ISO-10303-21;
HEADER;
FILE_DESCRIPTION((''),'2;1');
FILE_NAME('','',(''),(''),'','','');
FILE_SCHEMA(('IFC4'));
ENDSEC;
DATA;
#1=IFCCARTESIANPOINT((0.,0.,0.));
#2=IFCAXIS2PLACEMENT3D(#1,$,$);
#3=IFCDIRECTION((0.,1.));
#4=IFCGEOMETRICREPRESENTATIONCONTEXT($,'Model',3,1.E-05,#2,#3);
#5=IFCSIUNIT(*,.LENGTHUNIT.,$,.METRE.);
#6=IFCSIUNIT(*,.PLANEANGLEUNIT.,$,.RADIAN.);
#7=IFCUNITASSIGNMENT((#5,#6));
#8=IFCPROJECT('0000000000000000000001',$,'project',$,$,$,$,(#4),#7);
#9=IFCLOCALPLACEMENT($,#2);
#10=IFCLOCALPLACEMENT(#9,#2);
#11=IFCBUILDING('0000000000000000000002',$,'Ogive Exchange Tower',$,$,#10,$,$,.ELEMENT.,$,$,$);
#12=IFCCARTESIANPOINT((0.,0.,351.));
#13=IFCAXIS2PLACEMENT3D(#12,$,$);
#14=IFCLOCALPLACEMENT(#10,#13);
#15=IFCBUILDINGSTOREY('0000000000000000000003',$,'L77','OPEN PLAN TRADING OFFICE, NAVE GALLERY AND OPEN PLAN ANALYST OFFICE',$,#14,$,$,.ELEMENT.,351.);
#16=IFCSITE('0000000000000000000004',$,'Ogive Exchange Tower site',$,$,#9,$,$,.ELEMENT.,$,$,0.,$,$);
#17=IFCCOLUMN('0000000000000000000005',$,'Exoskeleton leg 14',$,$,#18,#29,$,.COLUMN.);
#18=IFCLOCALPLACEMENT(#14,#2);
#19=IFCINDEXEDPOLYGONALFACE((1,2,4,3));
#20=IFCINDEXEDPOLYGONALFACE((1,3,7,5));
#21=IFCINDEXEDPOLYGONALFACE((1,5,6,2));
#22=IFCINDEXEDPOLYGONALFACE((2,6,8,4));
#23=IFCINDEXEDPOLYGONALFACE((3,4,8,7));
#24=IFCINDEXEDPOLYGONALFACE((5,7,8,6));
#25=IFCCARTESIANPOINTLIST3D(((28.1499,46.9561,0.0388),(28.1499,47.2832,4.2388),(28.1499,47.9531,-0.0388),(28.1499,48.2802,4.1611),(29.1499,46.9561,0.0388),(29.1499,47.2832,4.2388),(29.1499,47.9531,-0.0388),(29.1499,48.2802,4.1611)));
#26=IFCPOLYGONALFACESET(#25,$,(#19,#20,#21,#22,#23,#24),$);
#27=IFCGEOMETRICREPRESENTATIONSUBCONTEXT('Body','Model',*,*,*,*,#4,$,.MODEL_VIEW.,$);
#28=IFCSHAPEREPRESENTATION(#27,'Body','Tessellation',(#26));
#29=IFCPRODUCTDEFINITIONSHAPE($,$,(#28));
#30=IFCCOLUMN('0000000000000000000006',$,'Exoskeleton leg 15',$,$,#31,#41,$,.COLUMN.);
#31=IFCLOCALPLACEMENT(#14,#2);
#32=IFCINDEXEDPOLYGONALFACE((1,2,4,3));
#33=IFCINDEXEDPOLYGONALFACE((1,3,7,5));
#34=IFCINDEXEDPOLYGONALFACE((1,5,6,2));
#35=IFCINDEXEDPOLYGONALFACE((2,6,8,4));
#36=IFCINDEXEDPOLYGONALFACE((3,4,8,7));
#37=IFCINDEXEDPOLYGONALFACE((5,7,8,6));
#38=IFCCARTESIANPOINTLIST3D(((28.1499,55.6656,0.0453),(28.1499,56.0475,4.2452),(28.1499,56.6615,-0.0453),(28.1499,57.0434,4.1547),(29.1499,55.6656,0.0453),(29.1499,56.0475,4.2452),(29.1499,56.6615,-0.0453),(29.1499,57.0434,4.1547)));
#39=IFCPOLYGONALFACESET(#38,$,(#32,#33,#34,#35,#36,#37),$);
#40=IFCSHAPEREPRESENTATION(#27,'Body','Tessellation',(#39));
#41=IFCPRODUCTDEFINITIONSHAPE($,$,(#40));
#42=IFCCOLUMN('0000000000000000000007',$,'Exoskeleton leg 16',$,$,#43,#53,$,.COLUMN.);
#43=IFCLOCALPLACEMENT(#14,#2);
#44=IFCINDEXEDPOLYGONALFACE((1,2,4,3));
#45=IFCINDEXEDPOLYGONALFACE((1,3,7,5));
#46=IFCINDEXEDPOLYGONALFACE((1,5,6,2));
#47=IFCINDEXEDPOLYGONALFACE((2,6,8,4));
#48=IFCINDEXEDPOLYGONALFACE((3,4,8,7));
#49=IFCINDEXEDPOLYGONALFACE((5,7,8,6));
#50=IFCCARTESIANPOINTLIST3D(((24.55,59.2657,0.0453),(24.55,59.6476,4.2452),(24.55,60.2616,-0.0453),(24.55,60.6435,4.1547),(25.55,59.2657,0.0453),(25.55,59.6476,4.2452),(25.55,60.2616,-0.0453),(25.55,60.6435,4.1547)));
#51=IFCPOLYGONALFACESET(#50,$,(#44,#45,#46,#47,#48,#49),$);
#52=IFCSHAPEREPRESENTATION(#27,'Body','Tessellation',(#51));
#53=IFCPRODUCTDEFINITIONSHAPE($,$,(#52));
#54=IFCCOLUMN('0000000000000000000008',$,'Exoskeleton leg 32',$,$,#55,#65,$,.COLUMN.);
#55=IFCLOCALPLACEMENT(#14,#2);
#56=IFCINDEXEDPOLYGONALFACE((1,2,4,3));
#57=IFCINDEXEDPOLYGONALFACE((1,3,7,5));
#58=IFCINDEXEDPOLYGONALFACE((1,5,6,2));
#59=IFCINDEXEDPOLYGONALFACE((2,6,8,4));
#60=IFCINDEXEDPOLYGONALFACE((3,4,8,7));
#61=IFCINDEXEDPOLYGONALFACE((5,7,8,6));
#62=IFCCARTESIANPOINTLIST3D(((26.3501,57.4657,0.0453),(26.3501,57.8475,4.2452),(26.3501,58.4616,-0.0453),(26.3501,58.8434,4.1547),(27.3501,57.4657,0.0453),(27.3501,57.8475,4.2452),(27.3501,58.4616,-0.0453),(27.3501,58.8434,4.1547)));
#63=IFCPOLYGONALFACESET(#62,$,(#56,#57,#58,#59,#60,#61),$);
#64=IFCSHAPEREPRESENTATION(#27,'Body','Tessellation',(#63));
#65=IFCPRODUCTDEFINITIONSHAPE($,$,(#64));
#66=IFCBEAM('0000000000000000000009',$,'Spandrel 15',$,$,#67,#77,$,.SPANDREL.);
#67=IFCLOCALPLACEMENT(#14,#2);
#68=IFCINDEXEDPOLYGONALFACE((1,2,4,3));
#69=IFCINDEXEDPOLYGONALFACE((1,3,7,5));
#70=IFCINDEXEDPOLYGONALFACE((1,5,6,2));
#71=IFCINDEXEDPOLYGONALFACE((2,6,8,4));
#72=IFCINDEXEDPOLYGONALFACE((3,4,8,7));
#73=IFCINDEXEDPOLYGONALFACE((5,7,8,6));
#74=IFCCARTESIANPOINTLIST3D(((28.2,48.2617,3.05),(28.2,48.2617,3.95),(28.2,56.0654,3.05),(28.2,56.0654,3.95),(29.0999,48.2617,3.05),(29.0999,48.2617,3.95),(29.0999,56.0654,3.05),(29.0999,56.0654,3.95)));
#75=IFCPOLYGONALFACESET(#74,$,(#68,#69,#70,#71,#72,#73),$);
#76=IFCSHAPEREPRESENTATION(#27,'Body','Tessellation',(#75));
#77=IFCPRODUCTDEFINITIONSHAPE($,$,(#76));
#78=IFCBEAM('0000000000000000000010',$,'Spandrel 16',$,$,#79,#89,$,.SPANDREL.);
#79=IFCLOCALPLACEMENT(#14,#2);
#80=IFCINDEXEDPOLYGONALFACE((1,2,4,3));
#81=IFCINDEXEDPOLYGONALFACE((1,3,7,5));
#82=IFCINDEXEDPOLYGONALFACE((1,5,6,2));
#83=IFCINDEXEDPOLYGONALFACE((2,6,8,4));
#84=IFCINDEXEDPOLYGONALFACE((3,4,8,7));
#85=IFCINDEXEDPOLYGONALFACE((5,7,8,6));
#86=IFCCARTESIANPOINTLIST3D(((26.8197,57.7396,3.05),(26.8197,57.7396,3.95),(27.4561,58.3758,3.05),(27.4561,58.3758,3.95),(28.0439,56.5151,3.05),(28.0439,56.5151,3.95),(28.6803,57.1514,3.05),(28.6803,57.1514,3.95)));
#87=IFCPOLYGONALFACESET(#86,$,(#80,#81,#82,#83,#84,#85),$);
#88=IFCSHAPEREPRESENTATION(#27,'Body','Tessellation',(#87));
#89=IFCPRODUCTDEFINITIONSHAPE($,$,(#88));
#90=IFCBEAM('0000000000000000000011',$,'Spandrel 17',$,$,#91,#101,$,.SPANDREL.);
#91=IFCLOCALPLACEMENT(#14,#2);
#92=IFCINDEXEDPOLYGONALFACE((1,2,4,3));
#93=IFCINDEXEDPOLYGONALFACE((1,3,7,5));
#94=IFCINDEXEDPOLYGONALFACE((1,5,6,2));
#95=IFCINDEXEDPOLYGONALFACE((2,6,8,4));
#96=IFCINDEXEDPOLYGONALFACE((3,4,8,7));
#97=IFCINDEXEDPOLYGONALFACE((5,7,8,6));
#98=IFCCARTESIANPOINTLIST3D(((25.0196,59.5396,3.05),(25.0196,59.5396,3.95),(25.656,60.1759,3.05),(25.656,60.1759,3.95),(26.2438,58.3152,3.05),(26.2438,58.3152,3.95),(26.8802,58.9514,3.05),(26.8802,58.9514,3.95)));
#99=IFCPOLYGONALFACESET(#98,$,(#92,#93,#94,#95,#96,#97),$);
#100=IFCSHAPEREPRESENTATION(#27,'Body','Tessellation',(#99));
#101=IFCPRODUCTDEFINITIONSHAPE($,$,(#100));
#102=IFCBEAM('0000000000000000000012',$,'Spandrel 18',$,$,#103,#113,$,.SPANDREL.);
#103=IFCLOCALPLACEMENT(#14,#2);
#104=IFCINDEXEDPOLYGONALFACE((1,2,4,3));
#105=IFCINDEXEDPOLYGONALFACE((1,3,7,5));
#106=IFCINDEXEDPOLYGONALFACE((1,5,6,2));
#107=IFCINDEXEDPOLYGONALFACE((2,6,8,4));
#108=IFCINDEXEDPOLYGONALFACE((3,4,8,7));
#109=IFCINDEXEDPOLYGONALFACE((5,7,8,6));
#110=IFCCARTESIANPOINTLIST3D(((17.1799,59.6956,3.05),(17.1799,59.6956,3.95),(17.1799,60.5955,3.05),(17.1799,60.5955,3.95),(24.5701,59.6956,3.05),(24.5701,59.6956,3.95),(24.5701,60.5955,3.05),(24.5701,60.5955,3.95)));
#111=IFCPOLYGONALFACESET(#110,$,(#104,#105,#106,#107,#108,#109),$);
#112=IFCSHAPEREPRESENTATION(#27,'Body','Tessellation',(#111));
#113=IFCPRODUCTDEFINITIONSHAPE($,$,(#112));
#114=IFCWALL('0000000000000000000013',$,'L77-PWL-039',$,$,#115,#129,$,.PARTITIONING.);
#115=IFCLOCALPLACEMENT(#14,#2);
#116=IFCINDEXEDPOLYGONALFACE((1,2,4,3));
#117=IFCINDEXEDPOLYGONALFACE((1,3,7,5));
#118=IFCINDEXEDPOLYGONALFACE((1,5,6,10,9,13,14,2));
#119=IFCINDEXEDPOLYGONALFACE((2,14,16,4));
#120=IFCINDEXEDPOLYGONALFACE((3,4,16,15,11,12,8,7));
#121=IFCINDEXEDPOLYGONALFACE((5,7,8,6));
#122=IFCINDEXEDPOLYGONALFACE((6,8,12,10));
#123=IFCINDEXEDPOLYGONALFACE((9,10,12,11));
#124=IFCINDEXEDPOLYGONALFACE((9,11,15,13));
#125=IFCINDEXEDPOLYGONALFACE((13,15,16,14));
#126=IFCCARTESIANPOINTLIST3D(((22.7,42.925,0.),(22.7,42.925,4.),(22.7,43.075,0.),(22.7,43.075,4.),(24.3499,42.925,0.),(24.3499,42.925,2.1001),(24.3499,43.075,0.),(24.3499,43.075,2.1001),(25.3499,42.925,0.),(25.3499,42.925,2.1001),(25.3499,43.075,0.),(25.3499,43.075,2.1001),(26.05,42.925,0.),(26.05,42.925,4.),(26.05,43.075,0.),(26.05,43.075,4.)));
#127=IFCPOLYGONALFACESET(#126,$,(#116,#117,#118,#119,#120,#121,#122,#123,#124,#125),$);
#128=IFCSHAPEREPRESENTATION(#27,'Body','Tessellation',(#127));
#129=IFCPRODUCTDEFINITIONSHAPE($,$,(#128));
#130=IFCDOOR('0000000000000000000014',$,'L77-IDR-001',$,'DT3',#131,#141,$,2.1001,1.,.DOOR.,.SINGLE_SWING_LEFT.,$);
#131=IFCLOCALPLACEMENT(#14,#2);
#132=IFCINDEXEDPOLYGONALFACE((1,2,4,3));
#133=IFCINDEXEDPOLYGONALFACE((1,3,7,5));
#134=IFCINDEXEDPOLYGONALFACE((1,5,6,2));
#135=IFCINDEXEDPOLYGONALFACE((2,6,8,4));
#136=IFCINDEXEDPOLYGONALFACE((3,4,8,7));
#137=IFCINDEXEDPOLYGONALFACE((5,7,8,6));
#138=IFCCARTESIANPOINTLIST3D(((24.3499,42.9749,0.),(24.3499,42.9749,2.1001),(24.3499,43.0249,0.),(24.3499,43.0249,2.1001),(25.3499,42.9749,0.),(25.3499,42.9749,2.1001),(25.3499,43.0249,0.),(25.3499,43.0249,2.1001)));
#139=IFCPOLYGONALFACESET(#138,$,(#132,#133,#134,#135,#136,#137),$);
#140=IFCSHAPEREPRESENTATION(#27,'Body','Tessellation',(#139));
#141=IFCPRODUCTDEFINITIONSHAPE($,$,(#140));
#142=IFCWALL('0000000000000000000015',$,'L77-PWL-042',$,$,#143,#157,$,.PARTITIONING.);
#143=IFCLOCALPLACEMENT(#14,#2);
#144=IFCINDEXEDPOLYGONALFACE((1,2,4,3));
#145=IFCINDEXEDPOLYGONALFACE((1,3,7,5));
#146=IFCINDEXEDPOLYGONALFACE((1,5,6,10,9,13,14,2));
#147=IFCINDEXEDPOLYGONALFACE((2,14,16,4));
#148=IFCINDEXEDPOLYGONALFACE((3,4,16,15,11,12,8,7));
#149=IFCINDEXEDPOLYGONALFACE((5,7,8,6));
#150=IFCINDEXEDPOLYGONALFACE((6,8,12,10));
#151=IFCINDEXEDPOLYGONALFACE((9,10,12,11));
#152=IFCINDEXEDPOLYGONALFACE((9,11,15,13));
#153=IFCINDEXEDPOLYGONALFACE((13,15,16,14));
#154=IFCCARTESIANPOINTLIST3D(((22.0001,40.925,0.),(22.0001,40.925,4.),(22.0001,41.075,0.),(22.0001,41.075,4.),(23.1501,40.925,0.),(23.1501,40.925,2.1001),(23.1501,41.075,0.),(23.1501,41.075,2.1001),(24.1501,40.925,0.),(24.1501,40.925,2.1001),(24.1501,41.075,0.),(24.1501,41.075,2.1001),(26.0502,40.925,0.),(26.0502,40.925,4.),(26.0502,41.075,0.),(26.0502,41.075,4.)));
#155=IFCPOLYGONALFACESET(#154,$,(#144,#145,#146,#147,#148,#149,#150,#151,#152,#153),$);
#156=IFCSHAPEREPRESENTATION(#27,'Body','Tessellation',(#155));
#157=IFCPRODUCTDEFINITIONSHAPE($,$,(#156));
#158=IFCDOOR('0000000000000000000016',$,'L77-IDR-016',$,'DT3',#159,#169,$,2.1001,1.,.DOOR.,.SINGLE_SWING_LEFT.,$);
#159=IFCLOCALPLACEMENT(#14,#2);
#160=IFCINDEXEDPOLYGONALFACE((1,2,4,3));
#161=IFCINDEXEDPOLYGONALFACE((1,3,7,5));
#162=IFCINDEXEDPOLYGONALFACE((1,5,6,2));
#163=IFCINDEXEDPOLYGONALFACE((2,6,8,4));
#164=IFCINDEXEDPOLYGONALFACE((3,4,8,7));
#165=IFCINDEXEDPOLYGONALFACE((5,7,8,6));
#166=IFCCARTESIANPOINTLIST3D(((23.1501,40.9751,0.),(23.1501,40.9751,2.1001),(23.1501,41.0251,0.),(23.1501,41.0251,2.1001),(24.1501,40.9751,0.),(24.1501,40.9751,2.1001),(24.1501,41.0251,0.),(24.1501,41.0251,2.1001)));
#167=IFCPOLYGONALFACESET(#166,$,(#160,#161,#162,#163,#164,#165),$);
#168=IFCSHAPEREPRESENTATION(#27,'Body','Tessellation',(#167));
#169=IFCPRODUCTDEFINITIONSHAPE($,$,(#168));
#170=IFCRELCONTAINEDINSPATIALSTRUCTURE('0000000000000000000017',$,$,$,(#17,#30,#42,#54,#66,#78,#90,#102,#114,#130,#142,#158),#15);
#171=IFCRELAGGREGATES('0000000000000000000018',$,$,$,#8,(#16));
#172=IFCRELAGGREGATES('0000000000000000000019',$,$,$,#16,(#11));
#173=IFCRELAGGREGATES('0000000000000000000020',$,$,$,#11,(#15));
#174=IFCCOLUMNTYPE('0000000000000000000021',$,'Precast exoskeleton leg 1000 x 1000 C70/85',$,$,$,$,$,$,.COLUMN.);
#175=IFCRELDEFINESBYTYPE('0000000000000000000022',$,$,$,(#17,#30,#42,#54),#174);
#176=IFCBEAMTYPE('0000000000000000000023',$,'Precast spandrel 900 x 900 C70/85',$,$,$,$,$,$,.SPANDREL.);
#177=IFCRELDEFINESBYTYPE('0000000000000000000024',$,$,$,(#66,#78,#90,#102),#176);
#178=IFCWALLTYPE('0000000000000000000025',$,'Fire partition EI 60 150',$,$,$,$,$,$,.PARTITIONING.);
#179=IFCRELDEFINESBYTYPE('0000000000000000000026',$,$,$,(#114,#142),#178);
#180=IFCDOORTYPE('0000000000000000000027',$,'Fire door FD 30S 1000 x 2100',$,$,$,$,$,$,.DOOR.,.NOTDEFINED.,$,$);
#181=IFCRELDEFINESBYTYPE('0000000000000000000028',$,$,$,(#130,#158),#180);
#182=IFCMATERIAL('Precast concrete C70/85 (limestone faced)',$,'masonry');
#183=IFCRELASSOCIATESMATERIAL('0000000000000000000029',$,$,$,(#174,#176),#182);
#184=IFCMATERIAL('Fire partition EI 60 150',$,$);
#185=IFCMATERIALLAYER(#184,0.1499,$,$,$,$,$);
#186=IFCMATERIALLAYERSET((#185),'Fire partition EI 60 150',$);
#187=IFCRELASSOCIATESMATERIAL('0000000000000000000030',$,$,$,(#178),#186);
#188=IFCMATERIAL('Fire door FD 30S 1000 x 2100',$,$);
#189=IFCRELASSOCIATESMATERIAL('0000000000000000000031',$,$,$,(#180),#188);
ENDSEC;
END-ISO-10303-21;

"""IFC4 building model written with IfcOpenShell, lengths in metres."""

from ifc_helpers import new_model, si_unit, direction, frame, frame_2d, origin, origin_2d, place, context, subcontext, project, spatial, rectangle, extrude, material, layer, layer_set, material_profile, profile_set, type_object, element, fill, save


model = new_model("IFC4")

# Units and contexts
model_context = context("Model", 3, precision=1e-05, world=origin(), true_north=direction((0.0, 1.0)))
body_context = subcontext(model_context, "Body", "Model", "MODEL_VIEW")
ifc_project = project(units=[si_unit("LENGTHUNIT", "METRE"), si_unit("PLANEANGLEUNIT", "RADIAN")], contexts=[model_context])

# Site, building, storey
site_placement = place(None, origin())
site = spatial("IfcSite", under=ifc_project, at=site_placement, Name="Ogive Exchange Tower site", CompositionType="ELEMENT", RefElevation=0.0)
building_placement = place(site_placement, origin())
building = spatial("IfcBuilding", under=site, at=building_placement, Name="Ogive Exchange Tower", CompositionType="ELEMENT")
storey_placement = place(building_placement, frame((0.0, 0.0, 351.0)))
storey = spatial("IfcBuildingStorey", under=building, at=storey_placement, Name="L77", Description="OPEN PLAN TRADING OFFICE, NAVE GALLERY AND OPEN PLAN ANALYST OFFICE", CompositionType="ELEMENT", Elevation=351.0)

# Columns
ifc_material_1 = material(Name="Precast concrete C70/85 (limestone faced)", Category="masonry")
ifc_material_profile_1 = material_profile(ifc_material_1, rectangle(XDim=1.0, YDim=1.0, at=origin_2d()), Name="1000 x 1000")
ifc_profile_set_1 = profile_set([ifc_material_profile_1], Name="Precast concrete C70/85 (limestone faced)")
column_type = type_object("IfcColumnType", Name="Precast exoskeleton leg 1000 x 1000 C70/85", PredefinedType="COLUMN", material=ifc_profile_set_1)
column_placement = place(storey_placement, frame((28.6499, 47.4546, 0.0), z_axis=(0.0, 0.077658, 0.99698), x_axis=(-1.0, 0.0, 0.0)))
element("IfcColumn", 1, at=column_placement, inside=storey, type_object=column_type, Name="Exoskeleton leg 14", PredefinedType="COLUMN", context=body_context, shape_type="SweptSolid", body=[
    extrude(rectangle(XDim=1.0, YDim=1.0, at=origin_2d()), origin(), (0.0, 0.0, 1.0), 4.2126),
])
for number, where, z_axis, x_axis, name in (
    (2, (28.6499, 56.1636, 0.0), (0.0, 0.090541, 0.995893), (-1.0, 0.0, 0.0), "Exoskeleton leg 15"),
    (3, (25.05, 59.7637, 0.0), (0.0, 0.090541, 0.995893), (-1.0, 0.0, 0.0), "Exoskeleton leg 16"),
    (4, (26.8501, 57.9636, 0.0), (0.0, 0.090541, 0.995893), (-1.0, 0.0, 0.0), "Exoskeleton leg 32"),
):
    element("IfcColumn", number, at=place(storey_placement, frame(where, z_axis=z_axis, x_axis=x_axis)), inside=storey, type_object=column_type, Name=name, PredefinedType="COLUMN", context=body_context, shape_type="SweptSolid", body=[
        extrude(rectangle(XDim=1.0, YDim=1.0, at=origin_2d()), origin(), (0.0, 0.0, 1.0), 4.2173),
    ])

# Beams
ifc_material_profile_2 = material_profile(ifc_material_1, rectangle(XDim=0.8999, YDim=0.8999, at=origin_2d()), Name="900 x 900")
ifc_profile_set_2 = profile_set([ifc_material_profile_2], Name="Precast concrete C70/85 (limestone faced)")
beam_type = type_object("IfcBeamType", Name="Precast spandrel 900 x 900 C70/85", PredefinedType="SPANDREL", material=ifc_profile_set_2)
beam_1_placement = place(storey_placement, frame((28.6499, 48.2617, 3.5), z_axis=(0.0, 1.0, 0.0), x_axis=(-1.0, 0.0, 0.0)))
element("IfcBeam", 5, at=beam_1_placement, inside=storey, type_object=beam_type, Name="Spandrel 15", PredefinedType="SPANDREL", context=body_context, shape_type="SweptSolid", body=[
    extrude(rectangle(XDim=0.8999, YDim=0.8999, at=origin_2d()), origin(), (0.0, 0.0, 1.0), 7.8037),
])
for number, where, z_axis, x_axis, name in (
    (6, (28.3621, 56.8333, 3.5), (-0.707036, 0.707177, 0.0), (-0.707177, -0.707036, 0.0), "Spandrel 16"),
    (7, (26.562, 58.6333, 3.5), (-0.707036, 0.707177, 0.0), (-0.707177, -0.707036, 0.0), "Spandrel 17"),
):
    element("IfcBeam", number, at=place(storey_placement, frame(where, z_axis=z_axis, x_axis=x_axis)), inside=storey, type_object=beam_type, Name=name, PredefinedType="SPANDREL", context=body_context, shape_type="SweptSolid", body=[
        extrude(rectangle(XDim=0.8999, YDim=0.8999, at=origin_2d()), origin(), (0.0, 0.0, 1.0), 1.7314),
    ])
beam_2_placement = place(storey_placement, frame((24.5701, 60.1455, 3.5), z_axis=(-1.0, 0.0, 0.0), x_axis=(0.0, -1.0, 0.0)))
element("IfcBeam", 8, at=beam_2_placement, inside=storey, type_object=beam_type, Name="Spandrel 18", PredefinedType="SPANDREL", context=body_context, shape_type="SweptSolid", body=[
    extrude(rectangle(XDim=0.8999, YDim=0.8999, at=origin_2d()), origin(), (0.0, 0.0, 1.0), 7.3901),
])

# Walls, openings, doors
ifc_material_2 = material(Name="Fire partition EI 60 150")
ifc_layer_1 = layer(ifc_material_2, 0.1499)
ifc_layer_set_1 = layer_set([ifc_layer_1], Name="Fire partition EI 60 150")
wall_type_1 = type_object("IfcWallType", Name="Fire partition EI 60 150", PredefinedType="PARTITIONING", material=ifc_layer_set_1)
wall_1_placement = place(storey_placement, frame((22.7, 43.0, 0.0), z_axis=(0.0, 0.0, 1.0), x_axis=(1.0, 0.0, 0.0)))
wall_1 = element("IfcWall", 9, at=wall_1_placement, inside=storey, type_object=wall_type_1, Name="L77-PWL-039", PredefinedType="PARTITIONING", context=body_context, shape_type="SweptSolid", body=[
    extrude(rectangle(XDim=3.3501, YDim=0.1499, at=frame_2d((1.675, 0.0))), origin(), (0.0, 0.0, 1.0), 4.0),
])
opening_1_placement = place(wall_1_placement, frame((1.6499, 0.0, 0.0)))
opening_1 = element("IfcOpeningElement", 10, at=opening_1_placement, cuts=wall_1, PredefinedType="OPENING", context=body_context, shape_type="SweptSolid", body=[
    extrude(rectangle(XDim=1.0, YDim=2.1001, at=frame_2d((0.5, 1.05))), frame((0.0, 0.085, 0.0), z_axis=(0.0, -1.0, 0.0), x_axis=(1.0, 0.0, 0.0)), (0.0, 0.0, 1.0), 0.1699),
])
ifc_material_3 = material(Name="Fire door FD 30S 1000 x 2100")
door_type_1 = type_object("IfcDoorType", Name="Fire door FD 30S 1000 x 2100", OperationType="NOTDEFINED", PredefinedType="DOOR", material=ifc_material_3)
door_1_placement = place(opening_1_placement, origin())
door_1 = element("IfcDoor", 11, at=door_1_placement, inside=storey, type_object=door_type_1, Name="L77-IDR-001", ObjectType="DT3", OperationType="SINGLE_SWING_LEFT", OverallHeight=2.1001, OverallWidth=1.0, PredefinedType="DOOR", context=body_context, shape_type="SweptSolid", body=[
    extrude(rectangle(XDim=1.0, YDim=2.1001, at=frame_2d((0.5, 1.05))), frame((0.0, 0.0249, 0.0), z_axis=(0.0, -1.0, 0.0), x_axis=(1.0, 0.0, 0.0)), (0.0, 0.0, 1.0), 0.05),
])
fill(opening_1, door_1)
wall_2_placement = place(storey_placement, frame((26.05, 41.0, 0.0), z_axis=(0.0, 0.0, 1.0), x_axis=(-1.0, 0.0, 0.0)))
wall_2 = element("IfcWall", 12, at=wall_2_placement, inside=storey, type_object=wall_type_1, Name="L77-PWL-042", PredefinedType="PARTITIONING", context=body_context, shape_type="SweptSolid", body=[
    extrude(rectangle(XDim=4.05, YDim=0.1499, at=frame_2d((2.0249, 0.0))), origin(), (0.0, 0.0, 1.0), 4.0),
])
opening_2_placement = place(wall_2_placement, frame((1.8999, 0.0, 0.0)))
opening_2 = element("IfcOpeningElement", 13, at=opening_2_placement, cuts=wall_2, PredefinedType="OPENING", context=body_context, shape_type="SweptSolid", body=[
    extrude(rectangle(XDim=1.0, YDim=2.1001, at=frame_2d((0.5, 1.05))), frame((0.0, 0.085, 0.0), z_axis=(0.0, -1.0, 0.0), x_axis=(1.0, 0.0, 0.0)), (0.0, 0.0, 1.0), 0.1699),
])
door_2_placement = place(opening_2_placement, origin())
door_2 = element("IfcDoor", 14, at=door_2_placement, inside=storey, type_object=door_type_1, Name="L77-IDR-016", ObjectType="DT3", OperationType="SINGLE_SWING_LEFT", OverallHeight=2.1001, OverallWidth=1.0, PredefinedType="DOOR", context=body_context, shape_type="SweptSolid", body=[
    extrude(rectangle(XDim=1.0, YDim=2.1001, at=frame_2d((0.5, 1.05))), frame((0.0, 0.0249, 0.0), z_axis=(0.0, -1.0, 0.0), x_axis=(1.0, 0.0, 0.0)), (0.0, 0.0, 1.0), 0.05),
])
fill(opening_2, door_2)

save(model, "model.ifc")
